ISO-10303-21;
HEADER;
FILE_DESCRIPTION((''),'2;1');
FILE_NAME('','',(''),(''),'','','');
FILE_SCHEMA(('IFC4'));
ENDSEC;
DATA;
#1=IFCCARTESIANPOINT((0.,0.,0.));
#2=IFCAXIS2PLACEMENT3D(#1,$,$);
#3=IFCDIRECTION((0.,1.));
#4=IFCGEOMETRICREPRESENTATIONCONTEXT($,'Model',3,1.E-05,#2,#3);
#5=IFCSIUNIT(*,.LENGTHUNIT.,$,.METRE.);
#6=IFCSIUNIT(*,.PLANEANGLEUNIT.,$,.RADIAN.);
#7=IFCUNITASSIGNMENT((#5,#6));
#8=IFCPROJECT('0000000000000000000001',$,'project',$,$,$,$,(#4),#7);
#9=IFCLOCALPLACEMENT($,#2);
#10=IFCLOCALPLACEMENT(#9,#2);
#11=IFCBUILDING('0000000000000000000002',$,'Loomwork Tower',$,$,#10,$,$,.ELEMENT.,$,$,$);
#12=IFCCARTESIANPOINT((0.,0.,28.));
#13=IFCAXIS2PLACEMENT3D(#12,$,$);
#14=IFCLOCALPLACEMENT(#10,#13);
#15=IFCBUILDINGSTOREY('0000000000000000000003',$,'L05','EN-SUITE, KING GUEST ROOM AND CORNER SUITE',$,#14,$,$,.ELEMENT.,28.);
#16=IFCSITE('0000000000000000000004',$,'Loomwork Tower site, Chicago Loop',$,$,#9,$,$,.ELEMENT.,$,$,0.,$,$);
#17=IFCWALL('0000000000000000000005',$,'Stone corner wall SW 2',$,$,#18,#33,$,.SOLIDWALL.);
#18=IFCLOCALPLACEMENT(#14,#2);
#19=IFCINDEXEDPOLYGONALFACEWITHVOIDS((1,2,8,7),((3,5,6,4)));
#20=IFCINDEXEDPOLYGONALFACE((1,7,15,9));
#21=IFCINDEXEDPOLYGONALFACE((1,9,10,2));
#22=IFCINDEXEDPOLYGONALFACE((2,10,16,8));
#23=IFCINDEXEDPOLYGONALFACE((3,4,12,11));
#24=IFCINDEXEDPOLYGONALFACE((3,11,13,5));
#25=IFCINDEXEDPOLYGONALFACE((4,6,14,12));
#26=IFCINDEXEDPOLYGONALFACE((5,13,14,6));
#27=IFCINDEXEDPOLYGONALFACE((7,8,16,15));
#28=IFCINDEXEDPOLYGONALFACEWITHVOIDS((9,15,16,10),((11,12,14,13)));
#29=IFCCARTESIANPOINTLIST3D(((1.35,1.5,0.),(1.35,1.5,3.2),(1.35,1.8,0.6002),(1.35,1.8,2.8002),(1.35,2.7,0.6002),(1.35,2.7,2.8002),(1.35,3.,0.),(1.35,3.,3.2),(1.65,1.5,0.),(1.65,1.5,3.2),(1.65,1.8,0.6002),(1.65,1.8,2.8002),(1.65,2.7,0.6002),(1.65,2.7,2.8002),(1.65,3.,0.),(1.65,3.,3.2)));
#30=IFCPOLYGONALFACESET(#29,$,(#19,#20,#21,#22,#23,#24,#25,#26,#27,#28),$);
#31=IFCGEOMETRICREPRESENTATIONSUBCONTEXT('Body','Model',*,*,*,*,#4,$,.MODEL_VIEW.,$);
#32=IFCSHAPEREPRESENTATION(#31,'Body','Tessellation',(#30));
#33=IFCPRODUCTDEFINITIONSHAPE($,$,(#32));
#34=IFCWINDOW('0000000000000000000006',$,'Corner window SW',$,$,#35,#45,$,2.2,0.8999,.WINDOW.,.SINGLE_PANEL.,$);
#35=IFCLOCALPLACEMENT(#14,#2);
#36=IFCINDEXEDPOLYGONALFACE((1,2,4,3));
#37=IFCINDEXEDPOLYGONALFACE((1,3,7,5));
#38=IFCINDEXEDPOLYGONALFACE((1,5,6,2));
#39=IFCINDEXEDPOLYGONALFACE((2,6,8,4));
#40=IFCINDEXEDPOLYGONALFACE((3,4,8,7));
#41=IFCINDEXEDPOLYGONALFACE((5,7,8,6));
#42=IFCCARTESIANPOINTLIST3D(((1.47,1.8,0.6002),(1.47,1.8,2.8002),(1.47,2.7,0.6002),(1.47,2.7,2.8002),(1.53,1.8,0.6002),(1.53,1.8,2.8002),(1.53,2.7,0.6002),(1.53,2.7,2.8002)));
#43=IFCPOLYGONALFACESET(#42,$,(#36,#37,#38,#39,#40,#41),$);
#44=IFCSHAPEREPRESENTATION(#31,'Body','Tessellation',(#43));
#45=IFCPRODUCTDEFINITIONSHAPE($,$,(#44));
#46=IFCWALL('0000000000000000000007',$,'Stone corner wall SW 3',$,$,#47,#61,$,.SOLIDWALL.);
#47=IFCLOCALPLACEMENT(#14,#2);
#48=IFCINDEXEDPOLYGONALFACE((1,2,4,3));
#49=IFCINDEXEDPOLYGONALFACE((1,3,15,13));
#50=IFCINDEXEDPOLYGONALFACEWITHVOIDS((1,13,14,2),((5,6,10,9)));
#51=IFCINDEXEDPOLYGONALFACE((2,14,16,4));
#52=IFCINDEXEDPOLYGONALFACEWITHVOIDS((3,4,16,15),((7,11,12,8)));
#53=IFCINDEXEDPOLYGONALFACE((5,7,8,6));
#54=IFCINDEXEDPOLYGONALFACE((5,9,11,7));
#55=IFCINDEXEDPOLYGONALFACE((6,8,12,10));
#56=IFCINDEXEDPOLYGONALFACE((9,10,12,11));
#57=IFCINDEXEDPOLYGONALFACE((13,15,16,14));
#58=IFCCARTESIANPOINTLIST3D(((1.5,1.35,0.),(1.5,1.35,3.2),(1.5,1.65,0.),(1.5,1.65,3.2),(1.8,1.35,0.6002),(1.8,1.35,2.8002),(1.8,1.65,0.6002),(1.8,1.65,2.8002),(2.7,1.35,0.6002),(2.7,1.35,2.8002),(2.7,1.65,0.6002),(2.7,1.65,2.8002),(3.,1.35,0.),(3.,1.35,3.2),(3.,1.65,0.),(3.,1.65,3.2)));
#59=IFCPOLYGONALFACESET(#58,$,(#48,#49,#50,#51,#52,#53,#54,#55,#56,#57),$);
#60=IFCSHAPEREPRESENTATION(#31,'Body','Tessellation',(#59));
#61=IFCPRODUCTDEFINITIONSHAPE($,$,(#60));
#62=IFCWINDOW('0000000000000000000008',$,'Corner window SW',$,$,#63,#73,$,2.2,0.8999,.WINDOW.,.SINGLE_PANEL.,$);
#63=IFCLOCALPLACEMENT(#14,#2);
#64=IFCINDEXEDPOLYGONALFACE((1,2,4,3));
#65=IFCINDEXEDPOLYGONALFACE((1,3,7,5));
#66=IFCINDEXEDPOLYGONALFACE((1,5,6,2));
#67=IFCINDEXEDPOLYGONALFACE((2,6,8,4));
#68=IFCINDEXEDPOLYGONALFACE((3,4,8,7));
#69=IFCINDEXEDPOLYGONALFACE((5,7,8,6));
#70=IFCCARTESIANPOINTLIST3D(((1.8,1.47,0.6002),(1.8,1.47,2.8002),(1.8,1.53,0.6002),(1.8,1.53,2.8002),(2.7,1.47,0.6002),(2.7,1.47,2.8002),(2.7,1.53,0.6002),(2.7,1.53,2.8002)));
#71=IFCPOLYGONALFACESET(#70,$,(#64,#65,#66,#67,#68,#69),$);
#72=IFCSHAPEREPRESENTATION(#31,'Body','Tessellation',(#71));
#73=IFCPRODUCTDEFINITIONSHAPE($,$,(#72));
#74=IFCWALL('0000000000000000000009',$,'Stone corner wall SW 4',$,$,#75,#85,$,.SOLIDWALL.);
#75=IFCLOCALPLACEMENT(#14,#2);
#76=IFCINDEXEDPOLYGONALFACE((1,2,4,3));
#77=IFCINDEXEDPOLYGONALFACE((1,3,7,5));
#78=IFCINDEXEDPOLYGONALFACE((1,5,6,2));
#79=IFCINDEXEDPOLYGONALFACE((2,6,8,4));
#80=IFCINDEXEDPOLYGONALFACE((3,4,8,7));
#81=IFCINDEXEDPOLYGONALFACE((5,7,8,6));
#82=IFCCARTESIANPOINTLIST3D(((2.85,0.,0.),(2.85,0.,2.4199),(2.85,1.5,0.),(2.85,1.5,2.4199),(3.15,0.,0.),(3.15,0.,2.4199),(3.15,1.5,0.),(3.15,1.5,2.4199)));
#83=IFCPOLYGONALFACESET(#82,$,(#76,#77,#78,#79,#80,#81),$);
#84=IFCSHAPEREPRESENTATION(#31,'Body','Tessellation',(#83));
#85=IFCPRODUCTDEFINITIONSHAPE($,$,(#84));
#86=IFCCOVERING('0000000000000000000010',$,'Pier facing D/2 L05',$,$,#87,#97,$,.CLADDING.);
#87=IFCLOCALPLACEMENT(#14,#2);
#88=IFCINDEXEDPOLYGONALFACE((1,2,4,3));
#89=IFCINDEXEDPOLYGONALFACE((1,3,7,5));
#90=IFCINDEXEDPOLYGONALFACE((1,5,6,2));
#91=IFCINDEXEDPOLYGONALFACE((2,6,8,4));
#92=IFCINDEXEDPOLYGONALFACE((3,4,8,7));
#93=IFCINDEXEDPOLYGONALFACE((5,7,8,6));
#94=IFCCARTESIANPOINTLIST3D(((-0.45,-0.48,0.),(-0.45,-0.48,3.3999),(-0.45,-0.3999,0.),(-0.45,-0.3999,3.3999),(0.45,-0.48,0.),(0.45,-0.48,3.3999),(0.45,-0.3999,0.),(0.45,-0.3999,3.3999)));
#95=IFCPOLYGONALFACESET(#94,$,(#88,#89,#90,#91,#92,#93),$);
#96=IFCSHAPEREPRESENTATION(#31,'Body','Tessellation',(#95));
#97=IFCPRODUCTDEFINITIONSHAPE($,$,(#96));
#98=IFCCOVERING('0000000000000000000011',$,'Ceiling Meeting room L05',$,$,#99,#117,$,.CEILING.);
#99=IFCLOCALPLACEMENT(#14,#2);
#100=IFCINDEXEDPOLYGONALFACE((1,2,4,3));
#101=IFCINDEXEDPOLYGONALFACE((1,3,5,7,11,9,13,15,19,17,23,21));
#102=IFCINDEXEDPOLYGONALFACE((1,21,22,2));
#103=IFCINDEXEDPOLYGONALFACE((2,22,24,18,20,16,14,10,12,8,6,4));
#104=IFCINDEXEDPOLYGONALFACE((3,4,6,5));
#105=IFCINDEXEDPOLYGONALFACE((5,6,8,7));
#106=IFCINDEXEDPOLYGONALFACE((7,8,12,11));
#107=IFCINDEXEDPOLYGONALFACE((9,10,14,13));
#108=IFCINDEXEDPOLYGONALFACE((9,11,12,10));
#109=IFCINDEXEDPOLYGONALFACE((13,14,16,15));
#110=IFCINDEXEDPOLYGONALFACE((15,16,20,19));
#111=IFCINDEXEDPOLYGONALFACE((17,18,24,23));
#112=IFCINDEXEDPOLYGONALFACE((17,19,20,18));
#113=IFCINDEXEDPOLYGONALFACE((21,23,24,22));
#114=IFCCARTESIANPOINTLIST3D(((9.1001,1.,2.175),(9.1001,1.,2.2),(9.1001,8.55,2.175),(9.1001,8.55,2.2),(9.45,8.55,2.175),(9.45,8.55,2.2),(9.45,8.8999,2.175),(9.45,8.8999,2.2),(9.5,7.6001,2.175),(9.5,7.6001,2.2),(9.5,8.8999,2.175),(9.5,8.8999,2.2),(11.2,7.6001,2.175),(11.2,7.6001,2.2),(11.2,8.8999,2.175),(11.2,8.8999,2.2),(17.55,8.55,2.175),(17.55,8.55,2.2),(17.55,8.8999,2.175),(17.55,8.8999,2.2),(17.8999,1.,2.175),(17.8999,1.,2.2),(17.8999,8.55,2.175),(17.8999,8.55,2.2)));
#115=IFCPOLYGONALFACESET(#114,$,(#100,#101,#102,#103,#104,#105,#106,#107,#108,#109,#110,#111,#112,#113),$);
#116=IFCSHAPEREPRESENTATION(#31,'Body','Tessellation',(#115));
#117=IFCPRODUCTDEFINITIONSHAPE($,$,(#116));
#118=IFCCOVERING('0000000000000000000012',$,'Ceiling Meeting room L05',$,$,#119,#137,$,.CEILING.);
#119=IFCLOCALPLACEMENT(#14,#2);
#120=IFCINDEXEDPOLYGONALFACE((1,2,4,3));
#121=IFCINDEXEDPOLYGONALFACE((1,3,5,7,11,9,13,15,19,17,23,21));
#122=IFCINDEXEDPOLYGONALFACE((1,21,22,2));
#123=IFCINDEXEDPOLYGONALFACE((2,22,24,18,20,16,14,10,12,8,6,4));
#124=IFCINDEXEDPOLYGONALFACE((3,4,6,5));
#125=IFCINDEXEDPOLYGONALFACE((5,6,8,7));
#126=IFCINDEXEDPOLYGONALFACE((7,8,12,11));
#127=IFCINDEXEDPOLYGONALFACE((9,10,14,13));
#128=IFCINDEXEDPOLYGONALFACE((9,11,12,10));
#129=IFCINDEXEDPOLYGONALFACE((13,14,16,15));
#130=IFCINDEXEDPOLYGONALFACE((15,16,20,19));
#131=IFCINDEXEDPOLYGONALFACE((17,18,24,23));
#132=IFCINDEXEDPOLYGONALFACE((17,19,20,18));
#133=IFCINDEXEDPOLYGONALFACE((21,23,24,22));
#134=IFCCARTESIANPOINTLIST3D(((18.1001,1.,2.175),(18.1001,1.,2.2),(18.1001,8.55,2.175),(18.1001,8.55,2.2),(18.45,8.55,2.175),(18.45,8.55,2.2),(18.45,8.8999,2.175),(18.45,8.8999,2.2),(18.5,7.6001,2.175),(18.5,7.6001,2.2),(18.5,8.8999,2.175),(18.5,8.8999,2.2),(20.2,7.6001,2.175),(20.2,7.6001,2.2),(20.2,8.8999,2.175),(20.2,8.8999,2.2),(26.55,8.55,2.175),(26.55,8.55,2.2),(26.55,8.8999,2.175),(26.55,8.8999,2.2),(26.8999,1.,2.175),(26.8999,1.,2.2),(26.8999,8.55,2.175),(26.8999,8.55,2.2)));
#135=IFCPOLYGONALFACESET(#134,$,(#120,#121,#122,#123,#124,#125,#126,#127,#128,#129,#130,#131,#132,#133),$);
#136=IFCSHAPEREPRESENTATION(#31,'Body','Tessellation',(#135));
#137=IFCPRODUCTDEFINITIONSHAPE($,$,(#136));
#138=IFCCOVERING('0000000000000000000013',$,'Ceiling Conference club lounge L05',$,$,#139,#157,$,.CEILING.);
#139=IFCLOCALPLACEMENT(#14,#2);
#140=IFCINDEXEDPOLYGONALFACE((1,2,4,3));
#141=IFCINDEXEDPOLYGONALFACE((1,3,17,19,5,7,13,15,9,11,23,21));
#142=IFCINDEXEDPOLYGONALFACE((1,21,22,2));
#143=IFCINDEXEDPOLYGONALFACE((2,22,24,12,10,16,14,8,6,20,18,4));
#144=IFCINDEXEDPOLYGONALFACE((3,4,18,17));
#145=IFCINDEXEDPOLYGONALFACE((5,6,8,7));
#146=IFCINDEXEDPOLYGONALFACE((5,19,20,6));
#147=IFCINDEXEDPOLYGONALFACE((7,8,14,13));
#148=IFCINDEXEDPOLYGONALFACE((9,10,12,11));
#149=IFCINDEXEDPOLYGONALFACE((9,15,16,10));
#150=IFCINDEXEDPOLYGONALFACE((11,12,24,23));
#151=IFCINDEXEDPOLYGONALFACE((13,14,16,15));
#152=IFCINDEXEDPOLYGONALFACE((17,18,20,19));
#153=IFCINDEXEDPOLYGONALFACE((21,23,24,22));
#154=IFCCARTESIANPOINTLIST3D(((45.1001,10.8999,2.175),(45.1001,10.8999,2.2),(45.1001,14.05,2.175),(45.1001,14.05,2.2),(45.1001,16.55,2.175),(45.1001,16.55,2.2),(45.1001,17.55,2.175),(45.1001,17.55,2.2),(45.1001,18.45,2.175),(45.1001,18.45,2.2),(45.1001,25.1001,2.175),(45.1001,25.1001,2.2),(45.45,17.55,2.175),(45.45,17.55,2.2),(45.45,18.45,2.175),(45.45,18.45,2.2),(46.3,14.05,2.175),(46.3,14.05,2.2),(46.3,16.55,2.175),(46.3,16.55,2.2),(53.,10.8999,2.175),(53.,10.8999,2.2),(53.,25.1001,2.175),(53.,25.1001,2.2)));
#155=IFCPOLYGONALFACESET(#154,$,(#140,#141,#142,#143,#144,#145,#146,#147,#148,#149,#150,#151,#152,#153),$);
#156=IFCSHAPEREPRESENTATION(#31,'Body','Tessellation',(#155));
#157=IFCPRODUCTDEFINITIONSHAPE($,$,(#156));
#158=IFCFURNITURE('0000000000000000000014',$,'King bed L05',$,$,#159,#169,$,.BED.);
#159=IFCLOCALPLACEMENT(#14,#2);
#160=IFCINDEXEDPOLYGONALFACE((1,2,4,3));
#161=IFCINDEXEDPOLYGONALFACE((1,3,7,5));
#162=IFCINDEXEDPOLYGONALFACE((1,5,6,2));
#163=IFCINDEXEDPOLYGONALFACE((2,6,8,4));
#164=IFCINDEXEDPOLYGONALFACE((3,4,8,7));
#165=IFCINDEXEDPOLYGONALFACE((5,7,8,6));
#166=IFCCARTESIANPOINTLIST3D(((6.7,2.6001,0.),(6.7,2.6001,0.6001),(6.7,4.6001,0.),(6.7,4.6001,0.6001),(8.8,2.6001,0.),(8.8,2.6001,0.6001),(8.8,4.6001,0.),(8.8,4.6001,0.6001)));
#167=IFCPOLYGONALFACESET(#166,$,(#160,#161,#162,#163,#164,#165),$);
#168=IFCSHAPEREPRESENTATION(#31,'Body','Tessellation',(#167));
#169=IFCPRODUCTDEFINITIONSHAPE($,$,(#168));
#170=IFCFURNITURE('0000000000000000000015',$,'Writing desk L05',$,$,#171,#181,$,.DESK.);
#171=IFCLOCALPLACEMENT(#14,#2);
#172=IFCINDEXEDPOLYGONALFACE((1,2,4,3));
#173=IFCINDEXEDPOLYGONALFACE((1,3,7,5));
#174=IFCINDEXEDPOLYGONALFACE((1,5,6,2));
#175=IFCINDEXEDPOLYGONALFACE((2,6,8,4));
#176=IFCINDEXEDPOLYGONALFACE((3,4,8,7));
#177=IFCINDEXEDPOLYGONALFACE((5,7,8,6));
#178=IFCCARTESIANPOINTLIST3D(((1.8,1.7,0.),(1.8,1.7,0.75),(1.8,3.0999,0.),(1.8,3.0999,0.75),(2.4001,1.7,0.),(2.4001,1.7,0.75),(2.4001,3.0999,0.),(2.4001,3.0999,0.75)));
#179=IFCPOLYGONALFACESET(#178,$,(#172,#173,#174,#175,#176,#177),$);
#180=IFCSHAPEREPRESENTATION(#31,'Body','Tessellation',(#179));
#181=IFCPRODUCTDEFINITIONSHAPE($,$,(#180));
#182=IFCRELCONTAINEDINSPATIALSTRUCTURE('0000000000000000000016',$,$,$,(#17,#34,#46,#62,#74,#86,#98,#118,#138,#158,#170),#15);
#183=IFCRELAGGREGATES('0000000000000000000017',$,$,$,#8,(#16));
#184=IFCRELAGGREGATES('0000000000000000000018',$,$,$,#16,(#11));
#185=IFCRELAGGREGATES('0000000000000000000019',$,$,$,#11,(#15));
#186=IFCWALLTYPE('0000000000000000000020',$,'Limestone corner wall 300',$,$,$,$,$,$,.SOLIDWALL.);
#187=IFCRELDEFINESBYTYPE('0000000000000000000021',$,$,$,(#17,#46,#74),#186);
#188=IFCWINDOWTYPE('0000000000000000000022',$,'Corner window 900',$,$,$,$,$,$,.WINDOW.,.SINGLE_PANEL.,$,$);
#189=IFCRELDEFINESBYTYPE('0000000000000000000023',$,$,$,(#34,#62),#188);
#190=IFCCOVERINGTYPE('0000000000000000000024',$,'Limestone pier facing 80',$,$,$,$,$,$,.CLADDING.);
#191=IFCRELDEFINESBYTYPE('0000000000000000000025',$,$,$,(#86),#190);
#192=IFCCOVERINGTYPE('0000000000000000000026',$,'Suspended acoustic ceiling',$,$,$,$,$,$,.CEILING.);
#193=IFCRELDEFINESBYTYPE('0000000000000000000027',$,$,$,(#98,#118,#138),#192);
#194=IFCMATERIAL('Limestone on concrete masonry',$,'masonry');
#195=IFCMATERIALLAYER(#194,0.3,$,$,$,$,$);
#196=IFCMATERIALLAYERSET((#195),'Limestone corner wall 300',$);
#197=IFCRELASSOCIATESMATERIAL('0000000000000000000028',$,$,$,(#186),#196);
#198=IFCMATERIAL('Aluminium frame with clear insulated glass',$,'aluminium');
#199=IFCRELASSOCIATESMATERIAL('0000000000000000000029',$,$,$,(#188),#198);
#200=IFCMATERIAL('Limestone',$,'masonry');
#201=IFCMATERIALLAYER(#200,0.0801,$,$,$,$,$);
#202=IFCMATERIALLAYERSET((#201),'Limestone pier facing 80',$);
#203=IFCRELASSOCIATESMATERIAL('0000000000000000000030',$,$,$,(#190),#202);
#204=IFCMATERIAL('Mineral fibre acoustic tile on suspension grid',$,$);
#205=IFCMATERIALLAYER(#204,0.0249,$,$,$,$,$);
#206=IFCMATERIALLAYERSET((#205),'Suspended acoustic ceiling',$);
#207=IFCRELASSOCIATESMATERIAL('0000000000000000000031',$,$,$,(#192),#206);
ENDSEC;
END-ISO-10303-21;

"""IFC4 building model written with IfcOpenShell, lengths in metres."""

from ifc_helpers import new_model, si_unit, direction, frame, frame_2d, origin, origin_2d, place, context, subcontext, project, spatial, polyline, rectangle, outline, extrude, material, layer, layer_set, type_object, element, fill, save


model = new_model("IFC4")

# Units and contexts
model_context = context("Model", 3, precision=1e-05, world=origin(), true_north=direction((0.0, 1.0)))
body_context = subcontext(model_context, "Body", "Model", "MODEL_VIEW")
ifc_project = project(units=[si_unit("LENGTHUNIT", "METRE"), si_unit("PLANEANGLEUNIT", "RADIAN")], contexts=[model_context])

# Site, building, storey
site_placement = place(None, origin())
site = spatial("IfcSite", under=ifc_project, at=site_placement, Name="Loomwork Tower site, Chicago Loop", CompositionType="ELEMENT", RefElevation=0.0)
building_placement = place(site_placement, origin())
building = spatial("IfcBuilding", under=site, at=building_placement, Name="Loomwork Tower", CompositionType="ELEMENT")
storey_placement = place(building_placement, frame((0.0, 0.0, 28.0)))
storey = spatial("IfcBuildingStorey", under=building, at=storey_placement, Name="L05", Description="EN-SUITE, KING GUEST ROOM AND CORNER SUITE", CompositionType="ELEMENT", Elevation=28.0)

# Shared definitions
ifc_material_1 = material(Name="Limestone on concrete masonry", Category="masonry")
ifc_layer_1 = layer(ifc_material_1, 0.3)
ifc_layer_set_1 = layer_set([ifc_layer_1], Name="Limestone corner wall 300")
wall_type_1 = type_object("IfcWallType", Name="Limestone corner wall 300", PredefinedType="SOLIDWALL", material=ifc_layer_set_1)

# Walls, openings, windows
wall_1_placement = place(storey_placement, frame((1.5, 3.0, 0.0), z_axis=(0.0, 0.0, 1.0), x_axis=(0.0, -1.0, 0.0)))
wall_1 = element("IfcWall", 1, at=wall_1_placement, inside=storey, type_object=wall_type_1, Name="Stone corner wall SW 2", PredefinedType="SOLIDWALL", context=body_context, shape_type="SweptSolid", body=[
    extrude(rectangle(XDim=1.5, YDim=0.3, at=frame_2d((0.75, 0.0))), origin(), (0.0, 0.0, 1.0), 3.2),
])
opening_1_placement = place(wall_1_placement, frame((0.3, 0.0, 0.6001)))
opening_1 = element("IfcOpeningElement", 2, at=opening_1_placement, cuts=wall_1, PredefinedType="OPENING", context=body_context, shape_type="SweptSolid", body=[
    extrude(rectangle(XDim=0.8999, YDim=2.2, at=frame_2d((0.45, 1.1001))), frame((0.0, 0.1599, 0.0), z_axis=(0.0, -1.0, 0.0), x_axis=(1.0, 0.0, 0.0)), (0.0, 0.0, 1.0), 0.3201),
])
ifc_material_2 = material(Name="Aluminium frame with clear insulated glass", Category="aluminium")
window_type_1 = type_object("IfcWindowType", Name="Corner window 900", PartitioningType="SINGLE_PANEL", PredefinedType="WINDOW", material=ifc_material_2)
window_1_placement = place(opening_1_placement, origin())
window_1 = element("IfcWindow", 3, at=window_1_placement, inside=storey, type_object=window_type_1, Name="Corner window SW", OverallHeight=2.2, OverallWidth=0.8999, PartitioningType="SINGLE_PANEL", PredefinedType="WINDOW", context=body_context, shape_type="SweptSolid", body=[
    extrude(rectangle(XDim=0.8999, YDim=2.2, at=frame_2d((0.45, 1.1001))), frame((0.0, 0.03, 0.0), z_axis=(0.0, -1.0, 0.0), x_axis=(1.0, 0.0, 0.0)), (0.0, 0.0, 1.0), 0.0601),
])
fill(opening_1, window_1)
wall_2_placement = place(storey_placement, frame((1.5, 1.5, 0.0), z_axis=(0.0, 0.0, 1.0), x_axis=(1.0, 0.0, 0.0)))
wall_2 = element("IfcWall", 4, at=wall_2_placement, inside=storey, type_object=wall_type_1, Name="Stone corner wall SW 3", PredefinedType="SOLIDWALL", context=body_context, shape_type="SweptSolid", body=[
    extrude(rectangle(XDim=1.5, YDim=0.3, at=frame_2d((0.75, 0.0))), origin(), (0.0, 0.0, 1.0), 3.2),
])
opening_2_placement = place(wall_2_placement, frame((0.3, 0.0, 0.6001)))
opening_2 = element("IfcOpeningElement", 5, at=opening_2_placement, cuts=wall_2, PredefinedType="OPENING", context=body_context, shape_type="SweptSolid", body=[
    extrude(rectangle(XDim=0.8999, YDim=2.2, at=frame_2d((0.45, 1.1001))), frame((0.0, 0.1599, 0.0), z_axis=(0.0, -1.0, 0.0), x_axis=(1.0, 0.0, 0.0)), (0.0, 0.0, 1.0), 0.3201),
])
window_2_placement = place(opening_2_placement, origin())
window_2 = element("IfcWindow", 6, at=window_2_placement, inside=storey, type_object=window_type_1, Name="Corner window SW", OverallHeight=2.2, OverallWidth=0.8999, PartitioningType="SINGLE_PANEL", PredefinedType="WINDOW", context=body_context, shape_type="SweptSolid", body=[
    extrude(rectangle(XDim=0.8999, YDim=2.2, at=frame_2d((0.45, 1.1001))), frame((0.0, 0.03, 0.0), z_axis=(0.0, -1.0, 0.0), x_axis=(1.0, 0.0, 0.0)), (0.0, 0.0, 1.0), 0.0601),
])
fill(opening_2, window_2)

# Wall
wall_3_placement = place(storey_placement, frame((3.0, 1.5, 0.0), z_axis=(0.0, 0.0, 1.0), x_axis=(0.0, -1.0, 0.0)))
element("IfcWall", 7, at=wall_3_placement, inside=storey, type_object=wall_type_1, Name="Stone corner wall SW 4", PredefinedType="SOLIDWALL", context=body_context, shape_type="SweptSolid", body=[
    extrude(rectangle(XDim=1.5, YDim=0.3, at=frame_2d((0.75, 0.0))), origin(), (0.0, 0.0, 1.0), 2.4199),
])

# Coverings
ifc_material_3 = material(Name="Limestone", Category="masonry")
ifc_layer_2 = layer(ifc_material_3, 0.0801)
ifc_layer_set_2 = layer_set([ifc_layer_2], Name="Limestone pier facing 80")
covering_type_1 = type_object("IfcCoveringType", Name="Limestone pier facing 80", PredefinedType="CLADDING", material=ifc_layer_set_2)
covering_1_placement = place(storey_placement, frame((0.0, -0.4399, 0.0), z_axis=(0.0, 0.0, 1.0), x_axis=(1.0, 0.0, 0.0)))
element("IfcCovering", 8, at=covering_1_placement, inside=storey, type_object=covering_type_1, Name="Pier facing D/2 L05", PredefinedType="CLADDING", context=body_context, shape_type="SweptSolid", body=[
    extrude(rectangle(XDim=0.8999, YDim=0.0801, at=origin_2d()), origin(), (0.0, 0.0, 1.0), 3.3999),
])
ifc_material_4 = material(Name="Mineral fibre acoustic tile on suspension grid")
ifc_layer_3 = layer(ifc_material_4, 0.0249)
ifc_layer_set_3 = layer_set([ifc_layer_3], Name="Suspended acoustic ceiling")
covering_type_2 = type_object("IfcCoveringType", Name="Suspended acoustic ceiling", PredefinedType="CEILING", material=ifc_layer_set_3)
covering_2_placement = place(storey_placement, frame((0.0, 0.0, 2.175)))
element("IfcCovering", 9, at=covering_2_placement, inside=storey, type_object=covering_type_2, Name="Ceiling Meeting room L05", PredefinedType="CEILING", context=body_context, shape_type="SweptSolid", body=[
    extrude(outline(polyline([(9.5, 7.6001), (11.2, 7.6001), (11.2, 8.8999), (17.55, 8.8999), (17.55, 8.55), (17.8999, 8.55), (17.8999, 1.0), (9.1001, 1.0), (9.1001, 8.55), (9.45, 8.55), (9.45, 8.8999), (9.5, 8.8999), (9.5, 7.6001)])), origin(), (0.0, 0.0, 1.0), 0.0249),
])
covering_3_placement = place(storey_placement, frame((0.0, 0.0, 2.175)))
element("IfcCovering", 10, at=covering_3_placement, inside=storey, type_object=covering_type_2, Name="Ceiling Meeting room L05", PredefinedType="CEILING", context=body_context, shape_type="SweptSolid", body=[
    extrude(outline(polyline([(18.5, 7.6001), (20.2, 7.6001), (20.2, 8.8999), (26.55, 8.8999), (26.55, 8.55), (26.8999, 8.55), (26.8999, 1.0), (18.1001, 1.0), (18.1001, 8.55), (18.45, 8.55), (18.45, 8.8999), (18.5, 8.8999), (18.5, 7.6001)])), origin(), (0.0, 0.0, 1.0), 0.0249),
])
covering_4_placement = place(storey_placement, frame((0.0, 0.0, 2.175)))
element("IfcCovering", 11, at=covering_4_placement, inside=storey, type_object=covering_type_2, Name="Ceiling Conference club lounge L05", PredefinedType="CEILING", context=body_context, shape_type="SweptSolid", body=[
    extrude(outline(polyline([(46.3, 14.05), (46.3, 16.55), (45.1001, 16.55), (45.1001, 17.55), (45.45, 17.55), (45.45, 18.45), (45.1001, 18.45), (45.1001, 25.1001), (53.0, 25.1001), (53.0, 10.8999), (45.1001, 10.8999), (45.1001, 14.05), (46.3, 14.05)])), origin(), (0.0, 0.0, 1.0), 0.0249),
])

# Furniture
furniture_1_placement = place(storey_placement, frame((7.75, 3.6001, 0.0), z_axis=(0.0, 0.0, 1.0), x_axis=(1.0, 0.0, 0.0)))
element("IfcFurniture", 12, at=furniture_1_placement, inside=storey, Name="King bed L05", PredefinedType="BED", context=body_context, shape_type="SweptSolid", body=[
    extrude(rectangle(XDim=2.1001, YDim=2.0, at=origin_2d()), origin(), (0.0, 0.0, 1.0), 0.6001),
])
furniture_2_placement = place(storey_placement, frame((2.1001, 2.3999, 0.0), z_axis=(0.0, 0.0, 1.0), x_axis=(1.0, 0.0, 0.0)))
element("IfcFurniture", 13, at=furniture_2_placement, inside=storey, Name="Writing desk L05", PredefinedType="DESK", context=body_context, shape_type="SweptSolid", body=[
    extrude(rectangle(XDim=0.6001, YDim=1.3999, at=origin_2d()), origin(), (0.0, 0.0, 1.0), 0.75),
])

save(model, "model.ifc")
